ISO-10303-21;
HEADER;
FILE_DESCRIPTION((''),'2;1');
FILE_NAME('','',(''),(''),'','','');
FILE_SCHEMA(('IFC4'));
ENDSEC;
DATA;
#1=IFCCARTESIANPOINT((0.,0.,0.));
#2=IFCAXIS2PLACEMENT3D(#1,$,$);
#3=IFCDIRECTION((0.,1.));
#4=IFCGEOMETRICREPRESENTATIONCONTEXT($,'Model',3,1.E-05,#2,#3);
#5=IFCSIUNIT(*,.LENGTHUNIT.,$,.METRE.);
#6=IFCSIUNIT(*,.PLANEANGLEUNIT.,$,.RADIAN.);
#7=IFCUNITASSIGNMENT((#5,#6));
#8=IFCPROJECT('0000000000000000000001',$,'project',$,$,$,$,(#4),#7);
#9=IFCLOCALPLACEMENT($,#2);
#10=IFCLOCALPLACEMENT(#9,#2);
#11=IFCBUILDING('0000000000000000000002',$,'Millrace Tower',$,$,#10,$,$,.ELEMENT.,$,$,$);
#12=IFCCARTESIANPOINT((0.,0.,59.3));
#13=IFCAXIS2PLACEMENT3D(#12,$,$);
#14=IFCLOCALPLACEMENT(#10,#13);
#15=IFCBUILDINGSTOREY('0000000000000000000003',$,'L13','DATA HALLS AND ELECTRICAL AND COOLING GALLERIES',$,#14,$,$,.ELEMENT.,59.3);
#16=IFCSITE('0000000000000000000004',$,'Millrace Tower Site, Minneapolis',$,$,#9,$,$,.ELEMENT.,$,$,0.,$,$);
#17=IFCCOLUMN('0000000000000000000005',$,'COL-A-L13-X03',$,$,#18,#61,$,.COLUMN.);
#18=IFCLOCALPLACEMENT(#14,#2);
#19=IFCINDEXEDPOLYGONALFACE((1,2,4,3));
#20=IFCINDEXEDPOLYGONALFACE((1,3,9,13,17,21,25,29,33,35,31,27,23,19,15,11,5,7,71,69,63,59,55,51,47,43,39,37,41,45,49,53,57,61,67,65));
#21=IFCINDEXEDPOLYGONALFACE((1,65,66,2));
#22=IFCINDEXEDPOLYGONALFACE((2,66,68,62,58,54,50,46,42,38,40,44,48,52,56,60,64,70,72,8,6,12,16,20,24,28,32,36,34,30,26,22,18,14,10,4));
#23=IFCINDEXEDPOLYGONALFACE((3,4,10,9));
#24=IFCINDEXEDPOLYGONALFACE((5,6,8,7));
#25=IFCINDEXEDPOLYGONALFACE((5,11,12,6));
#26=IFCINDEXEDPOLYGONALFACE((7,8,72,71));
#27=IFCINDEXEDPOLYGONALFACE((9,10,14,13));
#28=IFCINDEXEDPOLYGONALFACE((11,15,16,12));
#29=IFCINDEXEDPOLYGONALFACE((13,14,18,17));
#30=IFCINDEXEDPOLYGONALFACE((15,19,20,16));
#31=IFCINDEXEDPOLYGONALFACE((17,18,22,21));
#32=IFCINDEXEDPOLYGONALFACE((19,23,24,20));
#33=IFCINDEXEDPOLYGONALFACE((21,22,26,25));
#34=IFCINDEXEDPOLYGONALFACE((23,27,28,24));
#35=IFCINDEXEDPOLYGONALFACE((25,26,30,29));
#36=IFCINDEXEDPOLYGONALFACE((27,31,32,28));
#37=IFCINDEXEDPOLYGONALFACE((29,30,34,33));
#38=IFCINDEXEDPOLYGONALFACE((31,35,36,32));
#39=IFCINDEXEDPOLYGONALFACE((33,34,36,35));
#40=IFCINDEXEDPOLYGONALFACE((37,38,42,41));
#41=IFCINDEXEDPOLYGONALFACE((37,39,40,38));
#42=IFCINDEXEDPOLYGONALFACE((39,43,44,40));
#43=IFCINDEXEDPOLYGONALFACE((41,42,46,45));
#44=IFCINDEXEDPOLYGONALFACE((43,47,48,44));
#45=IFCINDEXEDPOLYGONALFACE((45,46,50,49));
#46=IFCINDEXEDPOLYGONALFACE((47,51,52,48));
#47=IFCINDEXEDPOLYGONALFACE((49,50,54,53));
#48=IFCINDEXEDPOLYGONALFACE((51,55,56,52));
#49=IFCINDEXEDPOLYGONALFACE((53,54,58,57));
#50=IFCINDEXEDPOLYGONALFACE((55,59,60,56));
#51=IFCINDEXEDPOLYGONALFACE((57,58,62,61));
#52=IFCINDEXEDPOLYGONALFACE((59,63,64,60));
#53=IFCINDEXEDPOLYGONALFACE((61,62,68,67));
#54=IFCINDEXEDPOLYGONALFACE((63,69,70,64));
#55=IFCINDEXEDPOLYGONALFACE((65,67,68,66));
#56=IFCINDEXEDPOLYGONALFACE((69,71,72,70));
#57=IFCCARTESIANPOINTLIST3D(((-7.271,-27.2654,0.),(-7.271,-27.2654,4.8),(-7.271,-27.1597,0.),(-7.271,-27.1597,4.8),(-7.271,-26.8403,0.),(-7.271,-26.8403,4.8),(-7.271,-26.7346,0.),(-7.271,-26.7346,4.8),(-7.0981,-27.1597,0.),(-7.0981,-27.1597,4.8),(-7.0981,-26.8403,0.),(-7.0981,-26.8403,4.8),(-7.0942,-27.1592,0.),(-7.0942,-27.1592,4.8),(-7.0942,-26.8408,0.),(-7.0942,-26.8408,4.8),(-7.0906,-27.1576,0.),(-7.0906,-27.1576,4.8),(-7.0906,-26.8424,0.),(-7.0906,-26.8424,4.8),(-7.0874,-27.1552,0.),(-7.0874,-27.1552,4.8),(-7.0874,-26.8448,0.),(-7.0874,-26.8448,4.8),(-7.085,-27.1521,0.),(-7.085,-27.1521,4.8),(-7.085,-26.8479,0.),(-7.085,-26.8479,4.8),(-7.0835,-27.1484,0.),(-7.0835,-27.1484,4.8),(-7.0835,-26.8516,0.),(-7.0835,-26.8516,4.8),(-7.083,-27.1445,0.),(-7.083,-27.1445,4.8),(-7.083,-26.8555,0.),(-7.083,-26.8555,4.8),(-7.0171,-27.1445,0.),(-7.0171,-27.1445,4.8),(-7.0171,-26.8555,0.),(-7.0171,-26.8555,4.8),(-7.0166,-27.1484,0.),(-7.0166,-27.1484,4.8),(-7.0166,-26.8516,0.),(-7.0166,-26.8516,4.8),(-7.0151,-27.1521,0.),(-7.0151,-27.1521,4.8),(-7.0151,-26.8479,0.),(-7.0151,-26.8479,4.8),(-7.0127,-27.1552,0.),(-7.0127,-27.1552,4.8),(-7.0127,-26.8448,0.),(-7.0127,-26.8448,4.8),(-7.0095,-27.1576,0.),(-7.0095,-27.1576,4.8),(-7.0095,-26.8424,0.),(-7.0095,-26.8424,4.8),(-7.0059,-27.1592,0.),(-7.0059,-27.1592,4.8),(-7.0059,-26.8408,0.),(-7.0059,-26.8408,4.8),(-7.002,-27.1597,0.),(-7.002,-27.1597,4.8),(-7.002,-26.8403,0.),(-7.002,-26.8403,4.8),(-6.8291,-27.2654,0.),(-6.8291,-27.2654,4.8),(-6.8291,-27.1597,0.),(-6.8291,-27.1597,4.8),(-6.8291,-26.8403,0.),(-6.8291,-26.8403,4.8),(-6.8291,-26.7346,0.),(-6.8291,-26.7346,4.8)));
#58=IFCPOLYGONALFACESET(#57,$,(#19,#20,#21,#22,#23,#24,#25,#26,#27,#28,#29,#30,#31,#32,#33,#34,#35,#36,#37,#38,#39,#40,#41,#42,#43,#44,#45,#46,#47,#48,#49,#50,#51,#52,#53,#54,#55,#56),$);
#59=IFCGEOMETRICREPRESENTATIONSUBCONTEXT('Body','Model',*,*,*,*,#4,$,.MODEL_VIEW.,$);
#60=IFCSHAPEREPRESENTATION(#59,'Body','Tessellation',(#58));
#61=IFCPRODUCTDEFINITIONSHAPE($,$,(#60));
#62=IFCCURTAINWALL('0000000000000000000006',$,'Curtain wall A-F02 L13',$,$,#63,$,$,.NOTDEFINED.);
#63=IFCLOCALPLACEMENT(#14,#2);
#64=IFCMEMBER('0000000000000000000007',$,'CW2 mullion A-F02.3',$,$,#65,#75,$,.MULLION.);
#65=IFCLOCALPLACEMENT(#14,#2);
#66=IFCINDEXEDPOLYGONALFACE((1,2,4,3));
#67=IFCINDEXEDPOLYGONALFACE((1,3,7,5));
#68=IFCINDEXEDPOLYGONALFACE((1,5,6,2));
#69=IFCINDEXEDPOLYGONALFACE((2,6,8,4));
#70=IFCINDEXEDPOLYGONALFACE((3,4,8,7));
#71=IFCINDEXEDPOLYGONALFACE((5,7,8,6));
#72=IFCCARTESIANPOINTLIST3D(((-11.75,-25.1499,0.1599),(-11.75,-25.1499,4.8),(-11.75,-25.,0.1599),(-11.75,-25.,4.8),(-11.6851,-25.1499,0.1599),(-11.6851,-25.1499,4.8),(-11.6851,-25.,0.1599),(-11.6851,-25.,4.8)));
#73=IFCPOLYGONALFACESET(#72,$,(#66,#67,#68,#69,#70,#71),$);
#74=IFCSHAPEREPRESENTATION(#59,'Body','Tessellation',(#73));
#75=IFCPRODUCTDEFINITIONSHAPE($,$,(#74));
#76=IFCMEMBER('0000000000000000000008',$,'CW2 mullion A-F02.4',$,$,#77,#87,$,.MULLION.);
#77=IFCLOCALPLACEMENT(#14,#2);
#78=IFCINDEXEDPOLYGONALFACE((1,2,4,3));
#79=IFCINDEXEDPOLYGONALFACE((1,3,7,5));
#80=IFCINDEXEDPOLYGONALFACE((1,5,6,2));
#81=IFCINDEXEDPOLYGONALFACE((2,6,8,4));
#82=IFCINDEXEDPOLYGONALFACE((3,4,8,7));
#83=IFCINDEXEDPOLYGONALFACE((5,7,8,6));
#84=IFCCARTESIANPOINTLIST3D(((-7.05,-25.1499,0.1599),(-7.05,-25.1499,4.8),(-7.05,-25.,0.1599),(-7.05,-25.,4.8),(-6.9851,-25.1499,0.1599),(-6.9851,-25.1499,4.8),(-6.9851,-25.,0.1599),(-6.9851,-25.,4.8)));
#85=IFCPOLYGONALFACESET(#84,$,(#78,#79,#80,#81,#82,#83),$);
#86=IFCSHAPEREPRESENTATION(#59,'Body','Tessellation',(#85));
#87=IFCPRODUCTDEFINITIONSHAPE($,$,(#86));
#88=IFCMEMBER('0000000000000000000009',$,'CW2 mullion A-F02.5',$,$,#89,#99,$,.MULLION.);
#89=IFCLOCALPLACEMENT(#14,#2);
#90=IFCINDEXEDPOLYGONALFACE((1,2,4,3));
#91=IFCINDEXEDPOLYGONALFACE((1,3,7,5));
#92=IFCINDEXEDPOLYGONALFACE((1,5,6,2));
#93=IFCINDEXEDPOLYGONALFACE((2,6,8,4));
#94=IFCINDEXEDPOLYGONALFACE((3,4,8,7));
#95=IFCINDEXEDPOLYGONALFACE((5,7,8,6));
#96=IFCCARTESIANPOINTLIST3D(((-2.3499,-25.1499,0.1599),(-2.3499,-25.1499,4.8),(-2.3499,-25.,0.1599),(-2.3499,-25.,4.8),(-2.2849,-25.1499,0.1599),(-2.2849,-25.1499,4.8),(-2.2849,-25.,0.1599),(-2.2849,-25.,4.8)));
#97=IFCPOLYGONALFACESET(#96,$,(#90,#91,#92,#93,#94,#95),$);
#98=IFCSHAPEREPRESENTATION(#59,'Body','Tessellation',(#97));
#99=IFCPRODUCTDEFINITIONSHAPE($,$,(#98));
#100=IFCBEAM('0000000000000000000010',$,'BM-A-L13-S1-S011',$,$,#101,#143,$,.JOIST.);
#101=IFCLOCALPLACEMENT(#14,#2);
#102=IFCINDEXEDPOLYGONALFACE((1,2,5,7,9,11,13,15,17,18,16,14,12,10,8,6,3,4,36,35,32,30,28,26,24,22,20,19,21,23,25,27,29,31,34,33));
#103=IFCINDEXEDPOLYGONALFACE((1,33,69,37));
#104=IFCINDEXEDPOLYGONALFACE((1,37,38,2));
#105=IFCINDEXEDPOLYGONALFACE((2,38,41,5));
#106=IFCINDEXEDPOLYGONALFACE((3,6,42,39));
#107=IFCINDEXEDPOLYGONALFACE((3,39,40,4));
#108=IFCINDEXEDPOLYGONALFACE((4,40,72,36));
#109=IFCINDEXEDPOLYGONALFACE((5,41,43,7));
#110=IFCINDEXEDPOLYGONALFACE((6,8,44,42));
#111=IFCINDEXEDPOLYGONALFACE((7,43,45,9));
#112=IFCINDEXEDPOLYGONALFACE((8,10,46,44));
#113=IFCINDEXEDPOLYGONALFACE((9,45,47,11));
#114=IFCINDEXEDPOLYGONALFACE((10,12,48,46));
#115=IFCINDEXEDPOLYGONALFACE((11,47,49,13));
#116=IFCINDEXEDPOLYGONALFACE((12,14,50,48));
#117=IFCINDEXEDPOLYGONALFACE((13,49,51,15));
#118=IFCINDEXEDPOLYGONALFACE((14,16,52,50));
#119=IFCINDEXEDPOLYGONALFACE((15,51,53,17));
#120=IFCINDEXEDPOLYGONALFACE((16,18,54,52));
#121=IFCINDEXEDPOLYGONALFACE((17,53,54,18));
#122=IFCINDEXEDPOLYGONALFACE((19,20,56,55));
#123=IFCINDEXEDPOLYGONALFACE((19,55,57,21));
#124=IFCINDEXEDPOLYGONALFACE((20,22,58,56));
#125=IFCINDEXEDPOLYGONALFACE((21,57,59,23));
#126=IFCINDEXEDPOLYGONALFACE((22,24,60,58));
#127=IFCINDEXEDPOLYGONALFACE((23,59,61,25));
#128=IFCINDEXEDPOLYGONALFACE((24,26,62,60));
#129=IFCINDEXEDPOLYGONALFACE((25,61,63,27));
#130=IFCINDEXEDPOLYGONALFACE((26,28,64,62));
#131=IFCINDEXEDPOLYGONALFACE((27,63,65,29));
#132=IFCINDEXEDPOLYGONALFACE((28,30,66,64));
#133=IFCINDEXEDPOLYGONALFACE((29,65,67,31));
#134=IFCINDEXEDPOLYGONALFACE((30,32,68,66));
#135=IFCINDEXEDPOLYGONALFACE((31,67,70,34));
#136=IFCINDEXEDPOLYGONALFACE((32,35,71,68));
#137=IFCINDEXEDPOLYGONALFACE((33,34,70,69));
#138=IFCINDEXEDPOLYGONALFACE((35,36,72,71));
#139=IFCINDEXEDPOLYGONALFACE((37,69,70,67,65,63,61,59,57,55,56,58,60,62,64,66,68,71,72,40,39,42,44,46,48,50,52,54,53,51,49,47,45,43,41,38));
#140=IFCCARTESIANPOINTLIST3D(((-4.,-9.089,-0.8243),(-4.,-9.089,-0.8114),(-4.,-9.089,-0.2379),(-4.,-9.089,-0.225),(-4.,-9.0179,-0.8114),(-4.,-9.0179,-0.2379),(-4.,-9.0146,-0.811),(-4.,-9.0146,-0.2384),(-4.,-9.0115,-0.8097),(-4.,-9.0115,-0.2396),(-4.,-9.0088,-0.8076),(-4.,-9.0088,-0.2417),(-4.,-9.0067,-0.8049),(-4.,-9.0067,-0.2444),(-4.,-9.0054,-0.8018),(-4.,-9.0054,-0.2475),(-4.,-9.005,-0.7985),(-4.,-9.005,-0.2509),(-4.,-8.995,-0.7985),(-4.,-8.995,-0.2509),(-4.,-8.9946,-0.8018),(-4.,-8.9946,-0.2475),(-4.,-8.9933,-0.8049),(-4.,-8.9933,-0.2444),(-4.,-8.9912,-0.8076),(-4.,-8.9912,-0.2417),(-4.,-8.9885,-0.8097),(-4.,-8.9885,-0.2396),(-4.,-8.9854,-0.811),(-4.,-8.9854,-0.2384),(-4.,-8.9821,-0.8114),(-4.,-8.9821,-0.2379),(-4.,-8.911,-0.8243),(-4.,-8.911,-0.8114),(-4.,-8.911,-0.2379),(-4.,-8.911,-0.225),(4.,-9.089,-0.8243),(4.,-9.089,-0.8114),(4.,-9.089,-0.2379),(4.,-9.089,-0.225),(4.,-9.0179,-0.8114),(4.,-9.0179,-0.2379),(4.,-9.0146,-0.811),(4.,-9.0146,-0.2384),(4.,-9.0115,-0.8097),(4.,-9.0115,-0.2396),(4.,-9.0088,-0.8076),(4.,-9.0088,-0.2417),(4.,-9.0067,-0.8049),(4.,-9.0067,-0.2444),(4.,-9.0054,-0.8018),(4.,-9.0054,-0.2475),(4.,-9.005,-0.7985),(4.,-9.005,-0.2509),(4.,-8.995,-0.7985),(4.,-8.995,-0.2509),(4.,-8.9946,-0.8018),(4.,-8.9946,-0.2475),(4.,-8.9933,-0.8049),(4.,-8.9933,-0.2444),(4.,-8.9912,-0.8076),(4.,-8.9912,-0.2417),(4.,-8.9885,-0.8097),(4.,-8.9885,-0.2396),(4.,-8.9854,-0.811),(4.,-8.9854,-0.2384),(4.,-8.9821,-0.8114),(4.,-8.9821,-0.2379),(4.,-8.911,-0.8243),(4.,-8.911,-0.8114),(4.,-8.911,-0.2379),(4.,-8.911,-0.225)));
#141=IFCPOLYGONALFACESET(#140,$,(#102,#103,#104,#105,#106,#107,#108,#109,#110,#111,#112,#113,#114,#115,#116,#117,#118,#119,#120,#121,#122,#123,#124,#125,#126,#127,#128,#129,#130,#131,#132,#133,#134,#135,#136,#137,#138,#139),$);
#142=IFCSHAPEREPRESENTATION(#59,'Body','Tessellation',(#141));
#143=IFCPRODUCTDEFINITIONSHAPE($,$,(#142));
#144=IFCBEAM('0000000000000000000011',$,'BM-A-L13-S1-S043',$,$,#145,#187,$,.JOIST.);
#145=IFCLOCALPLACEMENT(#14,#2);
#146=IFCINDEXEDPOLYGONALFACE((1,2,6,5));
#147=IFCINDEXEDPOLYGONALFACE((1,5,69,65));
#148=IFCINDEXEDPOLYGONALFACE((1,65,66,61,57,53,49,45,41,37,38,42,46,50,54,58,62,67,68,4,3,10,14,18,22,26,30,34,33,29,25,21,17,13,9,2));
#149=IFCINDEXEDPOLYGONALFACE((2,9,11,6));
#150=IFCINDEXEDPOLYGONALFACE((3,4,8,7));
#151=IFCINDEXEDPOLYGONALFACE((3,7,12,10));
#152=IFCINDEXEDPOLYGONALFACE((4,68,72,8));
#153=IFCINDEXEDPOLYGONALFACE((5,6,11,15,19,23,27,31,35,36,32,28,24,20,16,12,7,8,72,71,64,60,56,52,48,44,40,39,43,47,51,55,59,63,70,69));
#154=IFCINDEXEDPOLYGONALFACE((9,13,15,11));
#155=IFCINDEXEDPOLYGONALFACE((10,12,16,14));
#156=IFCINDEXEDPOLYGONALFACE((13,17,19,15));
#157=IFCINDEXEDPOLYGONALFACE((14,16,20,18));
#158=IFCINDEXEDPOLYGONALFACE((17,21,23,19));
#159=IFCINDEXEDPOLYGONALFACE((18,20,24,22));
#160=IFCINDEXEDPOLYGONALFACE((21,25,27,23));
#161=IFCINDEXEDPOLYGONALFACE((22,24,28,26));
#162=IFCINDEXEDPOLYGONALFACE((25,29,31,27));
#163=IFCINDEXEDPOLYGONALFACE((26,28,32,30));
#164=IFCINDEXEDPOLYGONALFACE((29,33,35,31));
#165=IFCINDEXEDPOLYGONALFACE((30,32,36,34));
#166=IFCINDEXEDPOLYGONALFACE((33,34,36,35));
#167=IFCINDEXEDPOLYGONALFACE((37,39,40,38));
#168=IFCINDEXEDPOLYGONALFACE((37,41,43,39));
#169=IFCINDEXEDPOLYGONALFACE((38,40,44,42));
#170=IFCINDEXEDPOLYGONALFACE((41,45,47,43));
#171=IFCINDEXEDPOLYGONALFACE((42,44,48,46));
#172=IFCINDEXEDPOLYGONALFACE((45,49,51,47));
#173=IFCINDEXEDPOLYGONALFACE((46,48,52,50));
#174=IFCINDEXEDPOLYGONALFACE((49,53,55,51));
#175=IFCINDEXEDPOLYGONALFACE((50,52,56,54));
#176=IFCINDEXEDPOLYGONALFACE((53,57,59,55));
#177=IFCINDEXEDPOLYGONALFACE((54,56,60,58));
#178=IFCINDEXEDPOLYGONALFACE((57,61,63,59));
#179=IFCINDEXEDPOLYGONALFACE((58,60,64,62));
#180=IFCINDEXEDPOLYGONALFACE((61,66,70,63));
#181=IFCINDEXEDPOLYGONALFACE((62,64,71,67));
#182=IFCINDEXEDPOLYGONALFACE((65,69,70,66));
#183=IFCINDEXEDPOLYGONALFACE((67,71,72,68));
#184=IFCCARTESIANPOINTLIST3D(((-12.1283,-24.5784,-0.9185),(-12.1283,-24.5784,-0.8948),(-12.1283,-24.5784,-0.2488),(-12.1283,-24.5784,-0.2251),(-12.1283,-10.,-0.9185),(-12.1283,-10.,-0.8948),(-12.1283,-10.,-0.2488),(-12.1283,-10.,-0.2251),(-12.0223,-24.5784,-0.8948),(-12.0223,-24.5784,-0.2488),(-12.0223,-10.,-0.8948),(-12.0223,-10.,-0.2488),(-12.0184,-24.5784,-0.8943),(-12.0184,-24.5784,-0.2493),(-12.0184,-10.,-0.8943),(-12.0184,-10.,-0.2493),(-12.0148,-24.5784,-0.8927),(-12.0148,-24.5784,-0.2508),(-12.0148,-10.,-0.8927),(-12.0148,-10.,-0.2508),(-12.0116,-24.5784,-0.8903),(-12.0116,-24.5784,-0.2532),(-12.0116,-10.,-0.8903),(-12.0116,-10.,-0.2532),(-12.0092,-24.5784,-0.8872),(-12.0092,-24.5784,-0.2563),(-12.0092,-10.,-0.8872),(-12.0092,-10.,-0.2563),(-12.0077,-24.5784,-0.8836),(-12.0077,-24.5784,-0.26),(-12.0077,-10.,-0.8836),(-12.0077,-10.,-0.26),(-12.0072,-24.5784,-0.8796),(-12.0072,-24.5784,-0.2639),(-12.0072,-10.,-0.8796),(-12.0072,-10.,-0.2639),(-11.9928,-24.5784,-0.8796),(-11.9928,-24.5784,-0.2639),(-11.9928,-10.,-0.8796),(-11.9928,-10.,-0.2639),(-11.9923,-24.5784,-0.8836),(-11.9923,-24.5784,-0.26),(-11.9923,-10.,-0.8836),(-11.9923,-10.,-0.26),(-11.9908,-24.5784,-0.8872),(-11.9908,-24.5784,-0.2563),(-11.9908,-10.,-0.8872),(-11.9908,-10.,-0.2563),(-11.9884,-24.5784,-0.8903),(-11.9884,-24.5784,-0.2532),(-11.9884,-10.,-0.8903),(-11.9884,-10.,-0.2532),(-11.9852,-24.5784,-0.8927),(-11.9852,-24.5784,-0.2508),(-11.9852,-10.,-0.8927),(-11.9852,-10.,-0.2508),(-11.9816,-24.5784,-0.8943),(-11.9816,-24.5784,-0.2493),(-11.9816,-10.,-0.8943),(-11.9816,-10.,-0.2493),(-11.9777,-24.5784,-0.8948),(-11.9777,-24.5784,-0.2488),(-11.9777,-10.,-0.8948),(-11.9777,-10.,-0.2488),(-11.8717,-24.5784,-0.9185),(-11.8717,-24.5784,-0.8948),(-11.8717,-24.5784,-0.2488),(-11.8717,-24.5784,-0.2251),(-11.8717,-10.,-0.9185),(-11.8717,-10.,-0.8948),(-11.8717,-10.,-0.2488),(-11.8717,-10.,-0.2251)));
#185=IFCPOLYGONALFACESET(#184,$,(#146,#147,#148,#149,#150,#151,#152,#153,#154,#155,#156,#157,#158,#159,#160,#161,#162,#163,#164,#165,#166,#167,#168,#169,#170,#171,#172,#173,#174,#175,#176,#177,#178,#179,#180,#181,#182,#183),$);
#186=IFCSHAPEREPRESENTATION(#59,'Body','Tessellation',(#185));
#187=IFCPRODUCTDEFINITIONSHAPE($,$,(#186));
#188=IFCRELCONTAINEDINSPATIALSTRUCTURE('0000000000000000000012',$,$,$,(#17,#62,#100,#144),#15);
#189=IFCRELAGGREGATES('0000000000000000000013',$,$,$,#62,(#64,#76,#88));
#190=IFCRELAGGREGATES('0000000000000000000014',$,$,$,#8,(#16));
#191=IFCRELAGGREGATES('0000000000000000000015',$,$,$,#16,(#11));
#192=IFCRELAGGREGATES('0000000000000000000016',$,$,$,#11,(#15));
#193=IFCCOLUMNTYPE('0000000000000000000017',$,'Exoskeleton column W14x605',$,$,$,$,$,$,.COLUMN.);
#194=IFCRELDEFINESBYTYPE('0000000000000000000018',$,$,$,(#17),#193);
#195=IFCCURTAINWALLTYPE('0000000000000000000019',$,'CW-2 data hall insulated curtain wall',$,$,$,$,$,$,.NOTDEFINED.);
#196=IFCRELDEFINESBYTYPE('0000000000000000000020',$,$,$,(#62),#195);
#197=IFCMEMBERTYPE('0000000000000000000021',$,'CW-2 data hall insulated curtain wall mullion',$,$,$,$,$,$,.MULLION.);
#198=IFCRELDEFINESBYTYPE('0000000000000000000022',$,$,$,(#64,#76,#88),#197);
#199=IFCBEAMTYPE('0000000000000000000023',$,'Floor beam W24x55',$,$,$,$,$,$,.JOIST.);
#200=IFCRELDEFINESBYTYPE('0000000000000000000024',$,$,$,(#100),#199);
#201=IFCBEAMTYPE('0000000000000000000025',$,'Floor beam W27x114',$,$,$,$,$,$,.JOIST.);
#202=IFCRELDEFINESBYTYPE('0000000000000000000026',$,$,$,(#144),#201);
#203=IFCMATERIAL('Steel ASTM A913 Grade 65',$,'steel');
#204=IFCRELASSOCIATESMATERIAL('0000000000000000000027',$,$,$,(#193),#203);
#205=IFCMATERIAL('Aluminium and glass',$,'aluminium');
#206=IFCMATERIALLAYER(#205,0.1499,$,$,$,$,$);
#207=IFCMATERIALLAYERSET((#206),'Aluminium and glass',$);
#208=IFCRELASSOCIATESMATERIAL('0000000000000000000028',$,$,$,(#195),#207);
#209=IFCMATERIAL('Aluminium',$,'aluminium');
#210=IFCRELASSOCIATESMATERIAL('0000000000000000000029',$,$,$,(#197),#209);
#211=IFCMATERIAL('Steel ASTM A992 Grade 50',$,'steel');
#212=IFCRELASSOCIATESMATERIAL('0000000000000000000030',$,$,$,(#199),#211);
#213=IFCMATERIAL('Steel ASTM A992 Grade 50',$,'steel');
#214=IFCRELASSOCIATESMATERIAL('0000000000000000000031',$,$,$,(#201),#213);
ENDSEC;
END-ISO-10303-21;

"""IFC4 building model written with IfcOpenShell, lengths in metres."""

from ifc_helpers import new_model, si_unit, direction, frame, origin, origin_2d, place, context, subcontext, project, spatial, rectangle, i_section, extrude, material, layer, layer_set, material_profile, profile_set, type_object, element, aggregate, save


model = new_model("IFC4")

# Units and contexts
model_context = context("Model", 3, precision=1e-05, world=origin(), true_north=direction((0.0, 1.0)))
body_context = subcontext(model_context, "Body", "Model", "MODEL_VIEW")
ifc_project = project(units=[si_unit("LENGTHUNIT", "METRE"), si_unit("PLANEANGLEUNIT", "RADIAN")], contexts=[model_context])

# Site, building, storey
site_placement = place(None, origin())
site = spatial("IfcSite", under=ifc_project, at=site_placement, Name="Millrace Tower Site, Minneapolis", CompositionType="ELEMENT", RefElevation=0.0)
building_placement = place(site_placement, origin())
building = spatial("IfcBuilding", under=site, at=building_placement, Name="Millrace Tower", CompositionType="ELEMENT")
storey_placement = place(building_placement, frame((0.0, 0.0, 59.3)))
storey = spatial("IfcBuildingStorey", under=building, at=storey_placement, Name="L13", Description="DATA HALLS AND ELECTRICAL AND COOLING GALLERIES", CompositionType="ELEMENT", Elevation=59.3)

# Column
ifc_material_1 = material(Name="Steel ASTM A913 Grade 65", Category="steel")
ifc_material_profile_1 = material_profile(ifc_material_1, i_section(OverallWidth=0.4419, OverallDepth=0.5308, WebThickness=0.0659, FlangeThickness=0.1057, FilletRadius=0.0151, at=origin_2d()))
ifc_profile_set_1 = profile_set([ifc_material_profile_1], Name="Steel ASTM A913 Grade 65")
column_type = type_object("IfcColumnType", Name="Exoskeleton column W14x605", PredefinedType="COLUMN", material=ifc_profile_set_1)
column_placement = place(storey_placement, frame((-7.05, -27.0, 0.0), z_axis=(0.0, 0.0, 1.0), x_axis=(1.0, 0.0, 0.0)))
element("IfcColumn", 1, at=column_placement, inside=storey, type_object=column_type, Name="COL-A-L13-X03", PredefinedType="COLUMN", context=body_context, shape_type="SweptSolid", body=[
    extrude(i_section(OverallWidth=0.4419, OverallDepth=0.5308, WebThickness=0.0659, FlangeThickness=0.1057, FilletRadius=0.0151, at=origin_2d()), origin(), (0.0, 0.0, 1.0), 4.8),
])

# Curtain wall, members
ifc_material_2 = material(Name="Aluminium and glass", Category="aluminium")
ifc_layer_1 = layer(ifc_material_2, 0.1499)
ifc_layer_set_1 = layer_set([ifc_layer_1], Name="Aluminium and glass")
curtain_wall_type = type_object("IfcCurtainWallType", Name="CW-2 data hall insulated curtain wall", PredefinedType="NOTDEFINED", material=ifc_layer_set_1)
curtain_wall_placement = place(storey_placement, origin())
curtain_wall = element("IfcCurtainWall", 2, at=curtain_wall_placement, inside=storey, type_object=curtain_wall_type, Name="Curtain wall A-F02 L13", PredefinedType="NOTDEFINED")
ifc_material_3 = material(Name="Aluminium", Category="aluminium")
ifc_material_profile_2 = material_profile(ifc_material_3, rectangle(XDim=0.0649, YDim=0.1499, at=origin_2d()))
ifc_profile_set_2 = profile_set([ifc_material_profile_2], Name="Aluminium")
member_type = type_object("IfcMemberType", Name="CW-2 data hall insulated curtain wall mullion", PredefinedType="MULLION", material=ifc_profile_set_2)
member_1_placement = place(storey_placement, frame((-11.7175, -25.075, 0.1599), z_axis=(0.0, 0.0, 1.0), x_axis=(1.0, 0.0, 0.0)))
member_1 = element("IfcMember", 3, at=member_1_placement, type_object=member_type, Name="CW2 mullion A-F02.3", PredefinedType="MULLION", context=body_context, shape_type="SweptSolid", body=[
    extrude(rectangle(XDim=0.0649, YDim=0.1499, at=origin_2d()), origin(), (0.0, 0.0, 1.0), 4.6401),
])
member_2_placement = place(storey_placement, frame((-7.0176, -25.075, 0.1599), z_axis=(0.0, 0.0, 1.0), x_axis=(1.0, 0.0, 0.0)))
member_2 = element("IfcMember", 4, at=member_2_placement, type_object=member_type, Name="CW2 mullion A-F02.4", PredefinedType="MULLION", context=body_context, shape_type="SweptSolid", body=[
    extrude(rectangle(XDim=0.0649, YDim=0.1499, at=origin_2d()), origin(), (0.0, 0.0, 1.0), 4.6401),
])
member_3_placement = place(storey_placement, frame((-2.3174, -25.075, 0.1599), z_axis=(0.0, 0.0, 1.0), x_axis=(1.0, 0.0, 0.0)))
member_3 = element("IfcMember", 5, at=member_3_placement, type_object=member_type, Name="CW2 mullion A-F02.5", PredefinedType="MULLION", context=body_context, shape_type="SweptSolid", body=[
    extrude(rectangle(XDim=0.0649, YDim=0.1499, at=origin_2d()), origin(), (0.0, 0.0, 1.0), 4.6401),
])
aggregate(curtain_wall, [member_1, member_2, member_3])

# Beams
ifc_material_4 = material(Name="Steel ASTM A992 Grade 50", Category="steel")
ifc_material_profile_3 = material_profile(ifc_material_4, i_section(OverallWidth=0.178, OverallDepth=0.5994, WebThickness=0.01, FlangeThickness=0.0129, FilletRadius=0.0129, at=origin_2d()))
ifc_profile_set_3 = profile_set([ifc_material_profile_3], Name="Steel ASTM A992 Grade 50")
beam_type_1 = type_object("IfcBeamType", Name="Floor beam W24x55", PredefinedType="JOIST", material=ifc_profile_set_3)
beam_1_placement = place(storey_placement, frame((-4.0, -9.0, -0.5247), z_axis=(1.0, 0.0, 0.0), x_axis=(0.0, 1.0, 0.0)))
element("IfcBeam", 6, at=beam_1_placement, inside=storey, type_object=beam_type_1, Name="BM-A-L13-S1-S011", PredefinedType="JOIST", context=body_context, shape_type="SweptSolid", body=[
    extrude(i_section(OverallWidth=0.178, OverallDepth=0.5994, WebThickness=0.01, FlangeThickness=0.0129, FilletRadius=0.0129, at=origin_2d()), origin(), (0.0, 0.0, 1.0), 8.0),
])
ifc_material_5 = material(Name="Steel ASTM A992 Grade 50", Category="steel")
ifc_material_profile_4 = material_profile(ifc_material_5, i_section(OverallWidth=0.2566, OverallDepth=0.6934, WebThickness=0.0144, FlangeThickness=0.0237, FilletRadius=0.0151, at=origin_2d()))
ifc_profile_set_4 = profile_set([ifc_material_profile_4], Name="Steel ASTM A992 Grade 50")
beam_type_2 = type_object("IfcBeamType", Name="Floor beam W27x114", PredefinedType="JOIST", material=ifc_profile_set_4)
for number, where, z_axis, x_axis, name in (
    (7, (-12.0, -24.5784, -0.5718), (0.0, 1.0, 0.0), (-1.0, 0.0, 0.0), "BM-A-L13-S1-S043"),
):
    element("IfcBeam", number, at=place(storey_placement, frame(where, z_axis=z_axis, x_axis=x_axis)), inside=storey, type_object=beam_type_2, Name=name, PredefinedType="JOIST", context=body_context, shape_type="SweptSolid", body=[
        extrude(i_section(OverallWidth=0.2566, OverallDepth=0.6934, WebThickness=0.0144, FlangeThickness=0.0237, FilletRadius=0.0151, at=origin_2d()), origin(), (0.0, 0.0, 1.0), 14.5784),
    ])

save(model, "model.ifc")
